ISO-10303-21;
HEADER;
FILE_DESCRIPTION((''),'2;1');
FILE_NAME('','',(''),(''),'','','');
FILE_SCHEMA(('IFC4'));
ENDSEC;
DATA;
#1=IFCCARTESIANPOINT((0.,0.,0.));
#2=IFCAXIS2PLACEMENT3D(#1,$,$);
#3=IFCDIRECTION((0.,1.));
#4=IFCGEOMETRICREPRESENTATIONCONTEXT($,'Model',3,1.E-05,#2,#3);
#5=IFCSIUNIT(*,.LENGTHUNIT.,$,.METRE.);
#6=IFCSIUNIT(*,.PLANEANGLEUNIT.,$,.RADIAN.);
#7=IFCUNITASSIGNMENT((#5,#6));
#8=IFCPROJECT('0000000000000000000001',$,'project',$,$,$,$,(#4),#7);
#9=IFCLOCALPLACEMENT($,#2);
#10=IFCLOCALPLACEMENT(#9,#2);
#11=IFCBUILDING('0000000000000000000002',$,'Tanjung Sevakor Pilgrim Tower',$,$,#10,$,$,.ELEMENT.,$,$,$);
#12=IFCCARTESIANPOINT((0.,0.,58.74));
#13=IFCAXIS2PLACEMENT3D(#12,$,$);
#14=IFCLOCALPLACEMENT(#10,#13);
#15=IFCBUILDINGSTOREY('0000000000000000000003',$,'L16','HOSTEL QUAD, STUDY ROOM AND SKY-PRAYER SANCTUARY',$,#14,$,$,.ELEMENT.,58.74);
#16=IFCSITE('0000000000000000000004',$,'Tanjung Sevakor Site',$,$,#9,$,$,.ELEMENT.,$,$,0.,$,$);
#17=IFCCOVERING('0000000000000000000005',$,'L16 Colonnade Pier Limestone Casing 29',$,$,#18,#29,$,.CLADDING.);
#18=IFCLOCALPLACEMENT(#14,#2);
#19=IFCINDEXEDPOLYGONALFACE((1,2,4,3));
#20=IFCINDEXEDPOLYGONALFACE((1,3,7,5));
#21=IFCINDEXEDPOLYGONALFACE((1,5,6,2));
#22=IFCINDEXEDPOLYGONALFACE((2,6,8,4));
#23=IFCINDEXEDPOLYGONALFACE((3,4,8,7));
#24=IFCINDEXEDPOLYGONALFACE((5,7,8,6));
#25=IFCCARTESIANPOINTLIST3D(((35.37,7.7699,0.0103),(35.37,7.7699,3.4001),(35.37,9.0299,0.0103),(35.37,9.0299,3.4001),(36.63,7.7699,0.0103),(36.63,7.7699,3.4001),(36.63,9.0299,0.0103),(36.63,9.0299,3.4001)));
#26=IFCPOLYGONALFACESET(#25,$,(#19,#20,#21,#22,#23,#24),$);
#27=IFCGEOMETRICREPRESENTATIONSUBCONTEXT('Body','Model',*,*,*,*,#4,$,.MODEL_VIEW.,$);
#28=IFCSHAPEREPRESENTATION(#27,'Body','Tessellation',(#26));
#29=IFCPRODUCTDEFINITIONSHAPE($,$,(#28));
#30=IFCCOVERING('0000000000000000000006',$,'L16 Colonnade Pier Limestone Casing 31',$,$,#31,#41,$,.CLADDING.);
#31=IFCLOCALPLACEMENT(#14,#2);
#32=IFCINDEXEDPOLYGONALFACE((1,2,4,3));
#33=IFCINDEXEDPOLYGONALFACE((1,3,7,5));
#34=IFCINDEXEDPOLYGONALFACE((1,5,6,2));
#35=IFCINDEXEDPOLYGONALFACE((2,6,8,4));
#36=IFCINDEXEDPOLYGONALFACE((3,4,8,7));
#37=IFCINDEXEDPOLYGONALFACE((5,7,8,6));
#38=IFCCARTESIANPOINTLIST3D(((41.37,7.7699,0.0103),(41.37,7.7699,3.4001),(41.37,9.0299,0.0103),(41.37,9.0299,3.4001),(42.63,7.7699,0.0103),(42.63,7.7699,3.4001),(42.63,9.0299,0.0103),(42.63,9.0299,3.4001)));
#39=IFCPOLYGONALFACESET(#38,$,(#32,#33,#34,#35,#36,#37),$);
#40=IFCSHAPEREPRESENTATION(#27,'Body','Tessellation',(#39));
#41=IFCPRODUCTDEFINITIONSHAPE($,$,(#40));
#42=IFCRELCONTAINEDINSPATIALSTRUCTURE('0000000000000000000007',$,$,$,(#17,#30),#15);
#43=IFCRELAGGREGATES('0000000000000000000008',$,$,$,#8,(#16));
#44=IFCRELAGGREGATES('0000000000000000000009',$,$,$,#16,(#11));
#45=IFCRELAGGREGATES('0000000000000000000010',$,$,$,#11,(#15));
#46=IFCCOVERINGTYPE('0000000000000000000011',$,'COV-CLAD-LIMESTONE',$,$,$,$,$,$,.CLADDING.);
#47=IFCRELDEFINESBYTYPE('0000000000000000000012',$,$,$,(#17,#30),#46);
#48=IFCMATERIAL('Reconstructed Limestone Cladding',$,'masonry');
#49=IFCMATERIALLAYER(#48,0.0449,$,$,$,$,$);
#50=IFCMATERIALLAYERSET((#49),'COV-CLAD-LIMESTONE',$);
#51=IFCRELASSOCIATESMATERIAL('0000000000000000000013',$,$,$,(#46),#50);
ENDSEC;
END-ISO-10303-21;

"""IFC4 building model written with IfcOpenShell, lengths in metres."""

from ifc_helpers import new_model, si_unit, direction, frame, origin, origin_2d, place, context, subcontext, project, spatial, rectangle, extrude, material, layer, layer_set, type_object, element, save


model = new_model("IFC4")

# Units and contexts
model_context = context("Model", 3, precision=1e-05, world=origin(), true_north=direction((0.0, 1.0)))
body_context = subcontext(model_context, "Body", "Model", "MODEL_VIEW")
ifc_project = project(units=[si_unit("LENGTHUNIT", "METRE"), si_unit("PLANEANGLEUNIT", "RADIAN")], contexts=[model_context])

# Site, building, storey
site_placement = place(None, origin())
site = spatial("IfcSite", under=ifc_project, at=site_placement, Name="Tanjung Sevakor Site", CompositionType="ELEMENT", RefElevation=0.0)
building_placement = place(site_placement, origin())
building = spatial("IfcBuilding", under=site, at=building_placement, Name="Tanjung Sevakor Pilgrim Tower", CompositionType="ELEMENT")
storey_placement = place(building_placement, frame((0.0, 0.0, 58.74)))
storey = spatial("IfcBuildingStorey", under=building, at=storey_placement, Name="L16", Description="HOSTEL QUAD, STUDY ROOM AND SKY-PRAYER SANCTUARY", CompositionType="ELEMENT", Elevation=58.74)

# Coverings
ifc_material_1 = material(Name="Reconstructed Limestone Cladding", Category="masonry")
ifc_layer_1 = layer(ifc_material_1, 0.0449)
ifc_layer_set_1 = layer_set([ifc_layer_1], Name="COV-CLAD-LIMESTONE")
covering_type = type_object("IfcCoveringType", Name="COV-CLAD-LIMESTONE", PredefinedType="CLADDING", material=ifc_layer_set_1)
for number, where, z_axis, x_axis, name in (
    (1, (36.0, 8.3999, 0.0103), (0.0, 0.0, 1.0), (1.0, 0.0, 0.0), "L16 Colonnade Pier Limestone Casing 29"),
    (2, (42.0, 8.3999, 0.0103), (0.0, 0.0, 1.0), (1.0, 0.0, 0.0), "L16 Colonnade Pier Limestone Casing 31"),
):
    element("IfcCovering", number, at=place(storey_placement, frame(where, z_axis=z_axis, x_axis=x_axis)), inside=storey, type_object=covering_type, Name=name, PredefinedType="CLADDING", context=body_context, shape_type="SweptSolid", body=[
        extrude(rectangle(XDim=1.26, YDim=1.26, at=origin_2d()), origin(), (0.0, 0.0, 1.0), 3.3899),
    ])

save(model, "model.ifc")
